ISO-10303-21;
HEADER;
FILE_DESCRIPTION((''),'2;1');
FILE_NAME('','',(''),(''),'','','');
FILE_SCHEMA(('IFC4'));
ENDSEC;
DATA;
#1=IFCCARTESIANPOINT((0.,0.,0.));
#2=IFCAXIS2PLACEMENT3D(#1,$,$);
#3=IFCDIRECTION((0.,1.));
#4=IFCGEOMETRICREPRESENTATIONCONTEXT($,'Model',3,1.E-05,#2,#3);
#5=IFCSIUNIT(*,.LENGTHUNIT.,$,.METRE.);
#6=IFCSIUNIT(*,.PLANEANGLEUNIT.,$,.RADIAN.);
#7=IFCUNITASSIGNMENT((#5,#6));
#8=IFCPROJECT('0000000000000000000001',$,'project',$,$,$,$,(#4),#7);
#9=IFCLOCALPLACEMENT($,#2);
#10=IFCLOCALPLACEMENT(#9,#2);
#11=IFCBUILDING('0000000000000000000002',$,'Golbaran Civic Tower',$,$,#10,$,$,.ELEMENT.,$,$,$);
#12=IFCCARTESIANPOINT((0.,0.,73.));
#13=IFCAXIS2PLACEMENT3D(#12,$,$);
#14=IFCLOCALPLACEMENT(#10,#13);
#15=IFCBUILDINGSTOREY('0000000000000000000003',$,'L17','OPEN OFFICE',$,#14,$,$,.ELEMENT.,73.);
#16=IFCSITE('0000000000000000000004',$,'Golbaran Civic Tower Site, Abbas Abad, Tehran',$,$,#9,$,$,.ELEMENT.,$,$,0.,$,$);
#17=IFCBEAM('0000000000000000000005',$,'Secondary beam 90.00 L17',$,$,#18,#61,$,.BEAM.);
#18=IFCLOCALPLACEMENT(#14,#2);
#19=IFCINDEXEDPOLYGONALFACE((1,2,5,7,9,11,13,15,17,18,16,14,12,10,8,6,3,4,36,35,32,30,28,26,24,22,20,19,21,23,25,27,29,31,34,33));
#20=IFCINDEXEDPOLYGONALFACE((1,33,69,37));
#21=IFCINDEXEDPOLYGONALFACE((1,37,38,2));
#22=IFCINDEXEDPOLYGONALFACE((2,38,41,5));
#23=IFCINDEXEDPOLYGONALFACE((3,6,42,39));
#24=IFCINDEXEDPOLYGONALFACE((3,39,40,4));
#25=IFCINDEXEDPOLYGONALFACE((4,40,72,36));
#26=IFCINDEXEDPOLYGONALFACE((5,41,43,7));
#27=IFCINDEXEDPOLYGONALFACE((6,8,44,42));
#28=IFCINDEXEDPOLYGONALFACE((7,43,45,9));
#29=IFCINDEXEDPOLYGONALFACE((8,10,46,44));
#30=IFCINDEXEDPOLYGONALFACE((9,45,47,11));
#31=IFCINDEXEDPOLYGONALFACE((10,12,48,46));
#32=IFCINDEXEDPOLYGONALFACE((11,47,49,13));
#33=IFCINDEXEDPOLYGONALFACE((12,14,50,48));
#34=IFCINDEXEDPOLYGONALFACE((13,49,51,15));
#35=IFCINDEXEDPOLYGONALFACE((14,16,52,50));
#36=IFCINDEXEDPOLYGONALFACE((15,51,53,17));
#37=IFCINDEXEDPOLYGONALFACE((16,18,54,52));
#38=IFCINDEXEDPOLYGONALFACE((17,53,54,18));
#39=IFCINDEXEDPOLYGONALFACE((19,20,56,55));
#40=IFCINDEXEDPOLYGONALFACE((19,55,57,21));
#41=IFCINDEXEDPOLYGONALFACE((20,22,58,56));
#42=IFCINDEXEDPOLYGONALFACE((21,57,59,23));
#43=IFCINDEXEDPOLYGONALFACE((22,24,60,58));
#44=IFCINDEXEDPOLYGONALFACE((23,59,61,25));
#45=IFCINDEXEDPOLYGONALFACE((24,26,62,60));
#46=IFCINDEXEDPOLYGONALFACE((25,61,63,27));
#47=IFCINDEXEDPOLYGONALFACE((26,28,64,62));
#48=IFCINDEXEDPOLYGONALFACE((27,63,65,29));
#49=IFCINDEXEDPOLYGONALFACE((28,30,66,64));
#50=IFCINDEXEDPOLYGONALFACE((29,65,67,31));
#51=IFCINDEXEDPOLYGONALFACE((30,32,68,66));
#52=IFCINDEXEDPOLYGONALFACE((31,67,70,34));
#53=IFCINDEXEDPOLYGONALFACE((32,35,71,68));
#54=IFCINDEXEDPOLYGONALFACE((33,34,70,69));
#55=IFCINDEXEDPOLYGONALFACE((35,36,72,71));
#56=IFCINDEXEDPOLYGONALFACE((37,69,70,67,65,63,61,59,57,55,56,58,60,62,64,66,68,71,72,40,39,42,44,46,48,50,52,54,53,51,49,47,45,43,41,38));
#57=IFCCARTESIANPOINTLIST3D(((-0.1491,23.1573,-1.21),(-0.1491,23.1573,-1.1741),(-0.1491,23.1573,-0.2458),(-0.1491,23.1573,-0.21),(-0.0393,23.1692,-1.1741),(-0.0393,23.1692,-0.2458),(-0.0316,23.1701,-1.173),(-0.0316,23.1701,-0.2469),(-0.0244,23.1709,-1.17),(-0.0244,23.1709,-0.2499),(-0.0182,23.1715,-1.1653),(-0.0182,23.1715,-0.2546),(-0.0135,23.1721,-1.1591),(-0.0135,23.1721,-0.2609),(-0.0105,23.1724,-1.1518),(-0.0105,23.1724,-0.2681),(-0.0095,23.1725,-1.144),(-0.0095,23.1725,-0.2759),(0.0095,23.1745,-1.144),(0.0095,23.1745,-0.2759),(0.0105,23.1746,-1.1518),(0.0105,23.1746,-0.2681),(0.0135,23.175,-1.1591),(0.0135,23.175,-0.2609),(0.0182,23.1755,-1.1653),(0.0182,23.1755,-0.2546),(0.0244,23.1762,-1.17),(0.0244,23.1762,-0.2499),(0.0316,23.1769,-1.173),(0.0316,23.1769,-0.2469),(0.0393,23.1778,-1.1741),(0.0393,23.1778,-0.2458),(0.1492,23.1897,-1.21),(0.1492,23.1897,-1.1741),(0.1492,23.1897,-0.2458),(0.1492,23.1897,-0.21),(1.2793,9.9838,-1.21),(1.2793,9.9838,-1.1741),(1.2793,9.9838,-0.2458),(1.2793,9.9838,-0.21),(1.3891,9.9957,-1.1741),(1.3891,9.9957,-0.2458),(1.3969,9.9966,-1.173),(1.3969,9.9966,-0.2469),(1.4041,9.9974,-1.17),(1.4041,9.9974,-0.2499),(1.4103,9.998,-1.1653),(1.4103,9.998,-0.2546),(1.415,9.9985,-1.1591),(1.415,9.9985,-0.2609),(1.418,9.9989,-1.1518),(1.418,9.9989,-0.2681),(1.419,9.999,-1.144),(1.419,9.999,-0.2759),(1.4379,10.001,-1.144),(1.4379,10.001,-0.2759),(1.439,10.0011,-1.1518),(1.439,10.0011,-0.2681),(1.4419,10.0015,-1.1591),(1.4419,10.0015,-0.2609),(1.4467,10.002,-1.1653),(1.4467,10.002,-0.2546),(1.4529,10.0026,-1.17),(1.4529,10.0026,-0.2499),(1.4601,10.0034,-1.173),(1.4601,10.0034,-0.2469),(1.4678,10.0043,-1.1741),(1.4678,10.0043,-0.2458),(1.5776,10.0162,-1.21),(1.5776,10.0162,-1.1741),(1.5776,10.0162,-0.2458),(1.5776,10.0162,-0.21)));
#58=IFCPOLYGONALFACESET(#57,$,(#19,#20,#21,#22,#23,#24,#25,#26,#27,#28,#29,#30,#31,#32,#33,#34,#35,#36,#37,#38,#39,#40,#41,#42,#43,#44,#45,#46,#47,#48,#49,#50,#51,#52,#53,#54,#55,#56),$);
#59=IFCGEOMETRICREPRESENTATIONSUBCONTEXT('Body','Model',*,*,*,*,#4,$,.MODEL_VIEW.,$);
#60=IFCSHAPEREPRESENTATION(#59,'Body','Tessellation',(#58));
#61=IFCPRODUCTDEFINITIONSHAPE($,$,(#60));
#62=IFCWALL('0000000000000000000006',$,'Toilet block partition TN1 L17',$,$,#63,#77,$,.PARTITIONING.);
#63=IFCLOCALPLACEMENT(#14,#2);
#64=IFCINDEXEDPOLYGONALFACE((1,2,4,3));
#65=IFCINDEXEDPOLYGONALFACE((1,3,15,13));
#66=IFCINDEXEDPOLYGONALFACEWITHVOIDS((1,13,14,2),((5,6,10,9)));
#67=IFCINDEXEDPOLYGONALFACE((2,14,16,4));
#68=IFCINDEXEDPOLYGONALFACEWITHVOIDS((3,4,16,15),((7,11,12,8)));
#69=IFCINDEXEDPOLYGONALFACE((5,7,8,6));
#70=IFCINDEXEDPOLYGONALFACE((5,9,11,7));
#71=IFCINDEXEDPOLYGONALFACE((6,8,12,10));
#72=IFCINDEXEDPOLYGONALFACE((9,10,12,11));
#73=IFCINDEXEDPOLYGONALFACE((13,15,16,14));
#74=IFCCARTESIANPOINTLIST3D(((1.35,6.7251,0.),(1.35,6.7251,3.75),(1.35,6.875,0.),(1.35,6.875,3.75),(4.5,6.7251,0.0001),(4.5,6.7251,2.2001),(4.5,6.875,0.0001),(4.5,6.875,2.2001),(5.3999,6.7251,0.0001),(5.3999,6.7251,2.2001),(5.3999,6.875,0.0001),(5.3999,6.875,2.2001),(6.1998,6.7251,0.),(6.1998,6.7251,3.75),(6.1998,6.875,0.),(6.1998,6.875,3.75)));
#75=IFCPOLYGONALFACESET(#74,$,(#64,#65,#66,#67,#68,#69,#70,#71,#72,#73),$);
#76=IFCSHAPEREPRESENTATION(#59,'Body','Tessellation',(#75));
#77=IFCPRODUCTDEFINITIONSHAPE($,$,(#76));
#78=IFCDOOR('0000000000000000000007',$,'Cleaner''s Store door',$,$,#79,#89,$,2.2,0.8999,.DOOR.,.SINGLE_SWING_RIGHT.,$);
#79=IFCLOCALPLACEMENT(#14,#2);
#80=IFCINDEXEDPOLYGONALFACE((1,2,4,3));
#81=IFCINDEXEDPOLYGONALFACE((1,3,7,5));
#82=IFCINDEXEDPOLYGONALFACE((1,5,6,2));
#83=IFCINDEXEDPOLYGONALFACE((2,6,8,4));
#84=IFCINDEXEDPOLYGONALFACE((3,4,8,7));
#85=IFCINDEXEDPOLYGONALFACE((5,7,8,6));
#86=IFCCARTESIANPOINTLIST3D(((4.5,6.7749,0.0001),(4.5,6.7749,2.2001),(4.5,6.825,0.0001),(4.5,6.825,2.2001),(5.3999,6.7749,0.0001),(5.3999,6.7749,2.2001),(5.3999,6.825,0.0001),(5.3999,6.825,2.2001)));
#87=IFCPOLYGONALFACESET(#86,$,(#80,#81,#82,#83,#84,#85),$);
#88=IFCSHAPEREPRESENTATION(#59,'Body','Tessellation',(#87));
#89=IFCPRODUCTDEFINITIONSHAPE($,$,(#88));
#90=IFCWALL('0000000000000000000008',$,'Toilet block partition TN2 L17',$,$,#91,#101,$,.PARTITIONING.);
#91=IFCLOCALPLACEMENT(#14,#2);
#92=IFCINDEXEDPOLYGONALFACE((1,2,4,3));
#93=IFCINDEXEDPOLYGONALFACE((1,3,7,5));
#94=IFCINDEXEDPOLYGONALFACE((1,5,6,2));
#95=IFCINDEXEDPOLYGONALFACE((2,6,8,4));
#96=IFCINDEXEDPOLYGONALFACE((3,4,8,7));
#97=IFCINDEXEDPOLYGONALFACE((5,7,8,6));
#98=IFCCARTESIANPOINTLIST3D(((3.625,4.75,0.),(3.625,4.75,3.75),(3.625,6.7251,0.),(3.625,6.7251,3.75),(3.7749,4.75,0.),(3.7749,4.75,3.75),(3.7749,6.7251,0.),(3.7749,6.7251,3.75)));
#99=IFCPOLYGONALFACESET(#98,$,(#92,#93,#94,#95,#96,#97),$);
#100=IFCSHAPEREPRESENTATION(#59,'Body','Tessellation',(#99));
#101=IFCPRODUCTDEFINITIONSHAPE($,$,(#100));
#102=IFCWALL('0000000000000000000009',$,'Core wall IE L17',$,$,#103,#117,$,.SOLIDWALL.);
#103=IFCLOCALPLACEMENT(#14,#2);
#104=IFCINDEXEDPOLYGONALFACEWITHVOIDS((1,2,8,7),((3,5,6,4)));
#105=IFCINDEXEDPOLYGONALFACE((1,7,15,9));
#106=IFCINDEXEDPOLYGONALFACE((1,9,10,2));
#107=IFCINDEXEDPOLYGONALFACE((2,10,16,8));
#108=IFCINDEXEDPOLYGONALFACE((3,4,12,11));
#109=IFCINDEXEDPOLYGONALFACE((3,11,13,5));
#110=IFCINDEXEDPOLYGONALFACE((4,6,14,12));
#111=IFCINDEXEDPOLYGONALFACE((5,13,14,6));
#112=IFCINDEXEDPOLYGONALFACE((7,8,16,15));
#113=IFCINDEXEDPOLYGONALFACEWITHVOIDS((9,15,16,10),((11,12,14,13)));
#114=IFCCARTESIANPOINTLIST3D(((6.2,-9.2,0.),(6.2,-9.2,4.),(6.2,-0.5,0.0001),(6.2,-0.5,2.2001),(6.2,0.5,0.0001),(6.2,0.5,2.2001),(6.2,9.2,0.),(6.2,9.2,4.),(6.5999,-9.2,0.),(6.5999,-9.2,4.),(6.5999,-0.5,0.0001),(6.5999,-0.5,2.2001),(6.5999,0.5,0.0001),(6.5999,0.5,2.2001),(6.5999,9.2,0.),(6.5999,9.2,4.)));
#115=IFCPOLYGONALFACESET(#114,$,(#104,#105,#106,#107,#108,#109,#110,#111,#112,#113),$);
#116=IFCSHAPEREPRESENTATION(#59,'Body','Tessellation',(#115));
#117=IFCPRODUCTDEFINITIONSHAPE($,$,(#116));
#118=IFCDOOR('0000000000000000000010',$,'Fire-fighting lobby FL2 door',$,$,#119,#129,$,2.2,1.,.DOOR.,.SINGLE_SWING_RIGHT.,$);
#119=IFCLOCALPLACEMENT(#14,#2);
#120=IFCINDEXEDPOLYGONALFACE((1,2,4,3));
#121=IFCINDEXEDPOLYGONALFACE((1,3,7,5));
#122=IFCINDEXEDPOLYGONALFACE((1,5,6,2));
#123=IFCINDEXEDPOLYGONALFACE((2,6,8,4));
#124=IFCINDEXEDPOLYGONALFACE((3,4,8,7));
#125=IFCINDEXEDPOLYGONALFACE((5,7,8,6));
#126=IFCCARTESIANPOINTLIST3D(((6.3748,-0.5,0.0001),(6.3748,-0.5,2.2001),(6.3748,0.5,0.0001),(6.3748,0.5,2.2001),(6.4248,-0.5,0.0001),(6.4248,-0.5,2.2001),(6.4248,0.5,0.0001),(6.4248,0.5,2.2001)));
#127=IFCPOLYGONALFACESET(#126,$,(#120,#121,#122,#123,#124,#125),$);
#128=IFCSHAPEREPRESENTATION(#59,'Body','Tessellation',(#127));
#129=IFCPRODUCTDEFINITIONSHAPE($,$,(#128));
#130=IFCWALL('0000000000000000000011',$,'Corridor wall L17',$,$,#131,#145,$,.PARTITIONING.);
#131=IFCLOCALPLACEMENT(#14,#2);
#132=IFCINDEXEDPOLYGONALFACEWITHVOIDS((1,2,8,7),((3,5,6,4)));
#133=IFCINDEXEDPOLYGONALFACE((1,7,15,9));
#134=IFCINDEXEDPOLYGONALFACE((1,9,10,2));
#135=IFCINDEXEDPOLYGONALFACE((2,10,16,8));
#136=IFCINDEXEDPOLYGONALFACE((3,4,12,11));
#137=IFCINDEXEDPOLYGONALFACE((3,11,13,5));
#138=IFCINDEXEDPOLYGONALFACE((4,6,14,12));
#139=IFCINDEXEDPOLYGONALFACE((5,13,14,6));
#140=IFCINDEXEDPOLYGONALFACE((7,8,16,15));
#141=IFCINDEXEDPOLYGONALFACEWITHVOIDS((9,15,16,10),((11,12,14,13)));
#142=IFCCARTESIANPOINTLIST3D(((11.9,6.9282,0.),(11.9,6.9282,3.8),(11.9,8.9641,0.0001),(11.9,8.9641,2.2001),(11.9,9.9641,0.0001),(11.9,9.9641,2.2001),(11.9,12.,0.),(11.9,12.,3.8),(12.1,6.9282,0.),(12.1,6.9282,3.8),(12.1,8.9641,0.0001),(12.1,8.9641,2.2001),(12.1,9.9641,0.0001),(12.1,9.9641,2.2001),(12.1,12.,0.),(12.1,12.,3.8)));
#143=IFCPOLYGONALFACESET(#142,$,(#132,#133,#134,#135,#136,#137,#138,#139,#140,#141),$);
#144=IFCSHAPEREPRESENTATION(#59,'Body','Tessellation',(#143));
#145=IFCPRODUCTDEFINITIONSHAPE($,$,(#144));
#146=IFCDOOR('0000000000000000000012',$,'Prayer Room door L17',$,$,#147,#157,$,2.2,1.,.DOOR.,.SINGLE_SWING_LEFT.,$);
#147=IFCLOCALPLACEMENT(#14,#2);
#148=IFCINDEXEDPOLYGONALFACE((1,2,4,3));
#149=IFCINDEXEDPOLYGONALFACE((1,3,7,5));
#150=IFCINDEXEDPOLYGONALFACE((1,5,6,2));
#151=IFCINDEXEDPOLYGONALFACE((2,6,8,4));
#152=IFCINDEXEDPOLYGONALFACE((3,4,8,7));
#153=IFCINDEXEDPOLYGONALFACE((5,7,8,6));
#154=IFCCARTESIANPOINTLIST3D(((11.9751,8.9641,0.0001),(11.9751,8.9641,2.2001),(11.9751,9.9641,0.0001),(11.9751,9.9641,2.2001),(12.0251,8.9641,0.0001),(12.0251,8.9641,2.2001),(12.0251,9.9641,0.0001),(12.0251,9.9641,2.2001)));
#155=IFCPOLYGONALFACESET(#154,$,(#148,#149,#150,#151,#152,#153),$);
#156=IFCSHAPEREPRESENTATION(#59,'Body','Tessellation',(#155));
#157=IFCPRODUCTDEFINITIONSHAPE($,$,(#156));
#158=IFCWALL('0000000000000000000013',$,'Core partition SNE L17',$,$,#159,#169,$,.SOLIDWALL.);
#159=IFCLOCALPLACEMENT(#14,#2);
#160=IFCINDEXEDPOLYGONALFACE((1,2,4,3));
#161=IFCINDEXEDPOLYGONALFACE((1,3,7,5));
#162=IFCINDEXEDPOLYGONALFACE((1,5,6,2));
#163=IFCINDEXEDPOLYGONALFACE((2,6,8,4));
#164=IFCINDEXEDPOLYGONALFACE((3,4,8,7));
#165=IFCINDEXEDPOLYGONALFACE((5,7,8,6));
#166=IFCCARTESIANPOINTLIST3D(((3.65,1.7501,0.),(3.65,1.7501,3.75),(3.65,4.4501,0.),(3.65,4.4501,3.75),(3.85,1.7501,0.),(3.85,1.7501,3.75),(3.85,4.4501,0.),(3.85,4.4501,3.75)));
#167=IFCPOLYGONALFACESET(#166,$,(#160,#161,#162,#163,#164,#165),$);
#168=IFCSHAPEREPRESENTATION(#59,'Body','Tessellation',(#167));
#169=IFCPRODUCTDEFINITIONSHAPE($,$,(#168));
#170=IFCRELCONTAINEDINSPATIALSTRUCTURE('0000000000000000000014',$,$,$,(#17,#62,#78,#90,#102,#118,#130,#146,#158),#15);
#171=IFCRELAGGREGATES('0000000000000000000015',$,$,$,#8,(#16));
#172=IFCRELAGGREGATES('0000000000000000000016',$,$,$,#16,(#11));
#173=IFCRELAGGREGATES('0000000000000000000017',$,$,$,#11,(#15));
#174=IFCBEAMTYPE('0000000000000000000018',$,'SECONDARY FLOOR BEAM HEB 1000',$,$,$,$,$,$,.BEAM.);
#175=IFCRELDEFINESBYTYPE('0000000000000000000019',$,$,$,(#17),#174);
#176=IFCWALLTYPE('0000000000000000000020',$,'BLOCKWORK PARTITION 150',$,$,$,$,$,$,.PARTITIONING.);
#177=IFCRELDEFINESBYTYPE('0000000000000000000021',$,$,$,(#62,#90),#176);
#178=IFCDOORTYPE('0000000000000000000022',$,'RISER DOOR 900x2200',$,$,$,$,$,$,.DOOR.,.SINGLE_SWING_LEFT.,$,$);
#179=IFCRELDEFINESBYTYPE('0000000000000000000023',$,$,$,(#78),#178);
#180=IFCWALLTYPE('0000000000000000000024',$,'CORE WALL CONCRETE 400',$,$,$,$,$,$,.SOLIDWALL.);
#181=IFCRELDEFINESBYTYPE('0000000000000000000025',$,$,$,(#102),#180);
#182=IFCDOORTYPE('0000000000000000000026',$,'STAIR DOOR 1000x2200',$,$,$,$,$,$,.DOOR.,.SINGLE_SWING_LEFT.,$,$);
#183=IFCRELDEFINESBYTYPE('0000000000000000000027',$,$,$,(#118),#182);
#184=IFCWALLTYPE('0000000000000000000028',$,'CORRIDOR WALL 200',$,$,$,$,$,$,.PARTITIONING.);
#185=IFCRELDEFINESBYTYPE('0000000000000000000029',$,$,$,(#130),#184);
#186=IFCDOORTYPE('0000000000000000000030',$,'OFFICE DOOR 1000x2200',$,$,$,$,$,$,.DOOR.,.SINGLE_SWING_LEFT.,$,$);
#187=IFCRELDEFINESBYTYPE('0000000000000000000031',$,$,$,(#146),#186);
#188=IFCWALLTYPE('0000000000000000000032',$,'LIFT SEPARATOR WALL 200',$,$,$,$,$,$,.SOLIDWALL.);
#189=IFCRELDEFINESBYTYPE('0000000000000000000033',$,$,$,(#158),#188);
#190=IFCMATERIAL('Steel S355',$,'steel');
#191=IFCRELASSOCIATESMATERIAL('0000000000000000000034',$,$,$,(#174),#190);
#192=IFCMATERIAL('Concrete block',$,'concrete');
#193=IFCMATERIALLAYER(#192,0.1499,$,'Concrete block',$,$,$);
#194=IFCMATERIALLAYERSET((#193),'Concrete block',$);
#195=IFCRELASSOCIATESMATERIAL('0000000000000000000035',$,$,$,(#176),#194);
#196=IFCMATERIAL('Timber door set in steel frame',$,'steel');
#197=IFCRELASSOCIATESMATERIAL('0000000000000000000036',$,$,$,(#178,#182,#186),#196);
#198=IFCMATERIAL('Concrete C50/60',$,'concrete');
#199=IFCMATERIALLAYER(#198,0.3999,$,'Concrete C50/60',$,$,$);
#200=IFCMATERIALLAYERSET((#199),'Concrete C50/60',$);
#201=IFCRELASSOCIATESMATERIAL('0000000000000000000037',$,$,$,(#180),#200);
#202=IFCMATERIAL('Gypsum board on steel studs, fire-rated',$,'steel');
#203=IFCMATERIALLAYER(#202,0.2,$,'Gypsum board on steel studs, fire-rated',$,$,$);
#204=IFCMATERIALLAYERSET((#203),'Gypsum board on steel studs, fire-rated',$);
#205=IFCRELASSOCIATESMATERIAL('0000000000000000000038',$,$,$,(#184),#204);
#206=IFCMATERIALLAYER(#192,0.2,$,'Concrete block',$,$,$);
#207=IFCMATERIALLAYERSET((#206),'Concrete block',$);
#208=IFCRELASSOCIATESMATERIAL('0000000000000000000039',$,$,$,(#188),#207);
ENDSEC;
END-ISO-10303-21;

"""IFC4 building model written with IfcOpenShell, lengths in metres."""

from ifc_helpers import new_model, si_unit, direction, frame, frame_2d, origin, origin_2d, place, context, subcontext, project, spatial, rectangle, i_section, extrude, material, layer, layer_set, material_profile, profile_set, type_object, element, fill, save


model = new_model("IFC4")

# Units and contexts
model_context = context("Model", 3, precision=1e-05, world=origin(), true_north=direction((0.0, 1.0)))
body_context = subcontext(model_context, "Body", "Model", "MODEL_VIEW")
ifc_project = project(units=[si_unit("LENGTHUNIT", "METRE"), si_unit("PLANEANGLEUNIT", "RADIAN")], contexts=[model_context])

# Site, building, storey
site_placement = place(None, origin())
site = spatial("IfcSite", under=ifc_project, at=site_placement, Name="Golbaran Civic Tower Site, Abbas Abad, Tehran", CompositionType="ELEMENT", RefElevation=0.0)
building_placement = place(site_placement, origin())
building = spatial("IfcBuilding", under=site, at=building_placement, Name="Golbaran Civic Tower", CompositionType="ELEMENT")
storey_placement = place(building_placement, frame((0.0, 0.0, 73.0)))
storey = spatial("IfcBuildingStorey", under=building, at=storey_placement, Name="L17", Description="OPEN OFFICE", CompositionType="ELEMENT", Elevation=73.0)

# Beam
ifc_material_1 = material(Name="Steel S355", Category="steel")
ifc_material_profile_1 = material_profile(ifc_material_1, i_section(OverallWidth=0.3, OverallDepth=1.0, WebThickness=0.019, FlangeThickness=0.0359, FilletRadius=0.03, at=origin_2d()), Name="HEB 1000")
ifc_profile_set_1 = profile_set([ifc_material_profile_1], Name="Steel S355")
beam_type_1 = type_object("IfcBeamType", Name="SECONDARY FLOOR BEAM HEB 1000", PredefinedType="BEAM", material=ifc_profile_set_1)
beam_1_placement = place(storey_placement, frame((1.4285, 10.0, -0.71), z_axis=(-0.107802, 0.994172, 0.0), x_axis=(-0.994172, -0.107802, 0.0)))
element("IfcBeam", 1, at=beam_1_placement, inside=storey, type_object=beam_type_1, Name="Secondary beam 90.00 L17", PredefinedType="BEAM", context=body_context, shape_type="SweptSolid", body=[
    extrude(i_section(OverallWidth=0.3, OverallDepth=1.0, WebThickness=0.019, FlangeThickness=0.0359, FilletRadius=0.03, at=origin_2d()), origin(), (0.0, 0.0, 1.0), 13.2507),
])

# Wall, opening, door
ifc_material_2 = material(Name="Concrete block", Category="concrete")
ifc_layer_1 = layer(ifc_material_2, 0.1499, Name="Concrete block")
ifc_layer_set_1 = layer_set([ifc_layer_1], Name="Concrete block")
wall_type_1 = type_object("IfcWallType", Name="BLOCKWORK PARTITION 150", PredefinedType="PARTITIONING", material=ifc_layer_set_1)
wall_1_placement = place(storey_placement, frame((1.3501, 6.8, 0.0), z_axis=(0.0, 0.0, 1.0), x_axis=(1.0, 0.0, 0.0)))
wall_1 = element("IfcWall", 2, at=wall_1_placement, inside=storey, type_object=wall_type_1, Name="Toilet block partition TN1 L17", PredefinedType="PARTITIONING", context=body_context, shape_type="SweptSolid", body=[
    extrude(rectangle(XDim=4.8499, YDim=0.1499, at=frame_2d((2.4248, 0.0))), origin(), (0.0, 0.0, 1.0), 3.75),
])
opening_1_placement = place(wall_1_placement, frame((3.1499, 0.0, 0.0)))
opening_1 = element("IfcOpeningElement", 3, at=opening_1_placement, cuts=wall_1, PredefinedType="OPENING", context=body_context, shape_type="SweptSolid", body=[
    extrude(rectangle(XDim=0.8999, YDim=2.2, at=frame_2d((0.45, 1.1001))), frame((0.0, 0.085, 0.0), z_axis=(0.0, -1.0, 0.0), x_axis=(1.0, 0.0, 0.0)), (0.0, 0.0, 1.0), 0.1699),
])
ifc_material_3 = material(Name="Timber door set in steel frame", Category="steel")
door_type_1 = type_object("IfcDoorType", Name="RISER DOOR 900x2200", OperationType="SINGLE_SWING_LEFT", PredefinedType="DOOR", material=ifc_material_3)
door_1_placement = place(opening_1_placement, origin())
door_1 = element("IfcDoor", 4, at=door_1_placement, inside=storey, type_object=door_type_1, Name="Cleaner's Store door", OperationType="SINGLE_SWING_RIGHT", OverallHeight=2.2, OverallWidth=0.8999, PredefinedType="DOOR", context=body_context, shape_type="SweptSolid", body=[
    extrude(rectangle(XDim=0.8999, YDim=2.2, at=frame_2d((0.45, 1.1001))), frame((0.0, 0.0249, 0.0), z_axis=(0.0, -1.0, 0.0), x_axis=(1.0, 0.0, 0.0)), (0.0, 0.0, 1.0), 0.05),
])
fill(opening_1, door_1)

# Wall
wall_2_placement = place(storey_placement, frame((3.7, 4.75, 0.0), z_axis=(0.0, 0.0, 1.0), x_axis=(0.0, 1.0, 0.0)))
element("IfcWall", 5, at=wall_2_placement, inside=storey, type_object=wall_type_1, Name="Toilet block partition TN2 L17", PredefinedType="PARTITIONING", context=body_context, shape_type="SweptSolid", body=[
    extrude(rectangle(XDim=1.9751, YDim=0.1499, at=frame_2d((0.9875, 0.0))), origin(), (0.0, 0.0, 1.0), 3.75),
])

# Walls, openings, doors
ifc_material_4 = material(Name="Concrete C50/60", Category="concrete")
ifc_layer_2 = layer(ifc_material_4, 0.3999, Name="Concrete C50/60")
ifc_layer_set_2 = layer_set([ifc_layer_2], Name="Concrete C50/60")
wall_type_2 = type_object("IfcWallType", Name="CORE WALL CONCRETE 400", PredefinedType="SOLIDWALL", material=ifc_layer_set_2)
wall_3_placement = place(storey_placement, frame((6.3999, 9.2, 0.0), z_axis=(0.0, 0.0, 1.0), x_axis=(0.0, -1.0, 0.0)))
wall_3 = element("IfcWall", 6, at=wall_3_placement, inside=storey, type_object=wall_type_2, Name="Core wall IE L17", PredefinedType="SOLIDWALL", context=body_context, shape_type="SweptSolid", body=[
    extrude(rectangle(XDim=18.3999, YDim=0.3999, at=frame_2d((9.2, 0.0))), origin(), (0.0, 0.0, 1.0), 4.0),
])
opening_2_placement = place(wall_3_placement, frame((8.7, 0.0, 0.0)))
opening_2 = element("IfcOpeningElement", 7, at=opening_2_placement, cuts=wall_3, PredefinedType="OPENING", context=body_context, shape_type="SweptSolid", body=[
    extrude(rectangle(XDim=1.0, YDim=2.2, at=frame_2d((0.5, 1.1001))), frame((0.0, 0.21, 0.0), z_axis=(0.0, -1.0, 0.0), x_axis=(1.0, 0.0, 0.0)), (0.0, 0.0, 1.0), 0.4199),
])
door_type_2 = type_object("IfcDoorType", Name="STAIR DOOR 1000x2200", OperationType="SINGLE_SWING_LEFT", PredefinedType="DOOR", material=ifc_material_3)
door_2_placement = place(opening_2_placement, origin())
door_2 = element("IfcDoor", 8, at=door_2_placement, inside=storey, type_object=door_type_2, Name="Fire-fighting lobby FL2 door", OperationType="SINGLE_SWING_RIGHT", OverallHeight=2.2, OverallWidth=1.0, PredefinedType="DOOR", context=body_context, shape_type="SweptSolid", body=[
    extrude(rectangle(XDim=1.0, YDim=2.2, at=frame_2d((0.5, 1.1001))), frame((0.0, 0.0249, 0.0), z_axis=(0.0, -1.0, 0.0), x_axis=(1.0, 0.0, 0.0)), (0.0, 0.0, 1.0), 0.05),
])
fill(opening_2, door_2)
ifc_material_5 = material(Name="Gypsum board on steel studs, fire-rated", Category="steel")
ifc_layer_3 = layer(ifc_material_5, 0.2, Name="Gypsum board on steel studs, fire-rated")
ifc_layer_set_3 = layer_set([ifc_layer_3], Name="Gypsum board on steel studs, fire-rated")
wall_type_3 = type_object("IfcWallType", Name="CORRIDOR WALL 200", PredefinedType="PARTITIONING", material=ifc_layer_set_3)
wall_4_placement = place(storey_placement, frame((12.0, 6.9282, 0.0), z_axis=(0.0, 0.0, 1.0), x_axis=(0.0, 1.0, 0.0)))
wall_4 = element("IfcWall", 9, at=wall_4_placement, inside=storey, type_object=wall_type_3, Name="Corridor wall L17", PredefinedType="PARTITIONING", context=body_context, shape_type="SweptSolid", body=[
    extrude(rectangle(XDim=5.0718, YDim=0.2, at=frame_2d((2.5359, 0.0))), origin(), (0.0, 0.0, 1.0), 3.8),
])
opening_3_placement = place(wall_4_placement, frame((2.0359, 0.0, 0.0)))
opening_3 = element("IfcOpeningElement", 10, at=opening_3_placement, cuts=wall_4, PredefinedType="OPENING", context=body_context, shape_type="SweptSolid", body=[
    extrude(rectangle(XDim=1.0, YDim=2.2, at=frame_2d((0.5, 1.1001))), frame((0.0, 0.1099, 0.0), z_axis=(0.0, -1.0, 0.0), x_axis=(1.0, 0.0, 0.0)), (0.0, 0.0, 1.0), 0.22),
])
door_type_3 = type_object("IfcDoorType", Name="OFFICE DOOR 1000x2200", OperationType="SINGLE_SWING_LEFT", PredefinedType="DOOR", material=ifc_material_3)
door_3_placement = place(opening_3_placement, origin())
door_3 = element("IfcDoor", 11, at=door_3_placement, inside=storey, type_object=door_type_3, Name="Prayer Room door L17", OperationType="SINGLE_SWING_LEFT", OverallHeight=2.2, OverallWidth=1.0, PredefinedType="DOOR", context=body_context, shape_type="SweptSolid", body=[
    extrude(rectangle(XDim=1.0, YDim=2.2, at=frame_2d((0.5, 1.1001))), frame((0.0, 0.0249, 0.0), z_axis=(0.0, -1.0, 0.0), x_axis=(1.0, 0.0, 0.0)), (0.0, 0.0, 1.0), 0.05),
])
fill(opening_3, door_3)

# Wall
ifc_layer_4 = layer(ifc_material_2, 0.2, Name="Concrete block")
ifc_layer_set_4 = layer_set([ifc_layer_4], Name="Concrete block")
wall_type_4 = type_object("IfcWallType", Name="LIFT SEPARATOR WALL 200", PredefinedType="SOLIDWALL", material=ifc_layer_set_4)
wall_5_placement = place(storey_placement, frame((3.75, 1.75, 0.0), z_axis=(0.0, 0.0, 1.0), x_axis=(0.0, 1.0, 0.0)))
element("IfcWall", 12, at=wall_5_placement, inside=storey, type_object=wall_type_4, Name="Core partition SNE L17", PredefinedType="SOLIDWALL", context=body_context, shape_type="SweptSolid", body=[
    extrude(rectangle(XDim=2.7, YDim=0.2, at=frame_2d((1.3501, 0.0))), origin(), (0.0, 0.0, 1.0), 3.75),
])

save(model, "model.ifc")
